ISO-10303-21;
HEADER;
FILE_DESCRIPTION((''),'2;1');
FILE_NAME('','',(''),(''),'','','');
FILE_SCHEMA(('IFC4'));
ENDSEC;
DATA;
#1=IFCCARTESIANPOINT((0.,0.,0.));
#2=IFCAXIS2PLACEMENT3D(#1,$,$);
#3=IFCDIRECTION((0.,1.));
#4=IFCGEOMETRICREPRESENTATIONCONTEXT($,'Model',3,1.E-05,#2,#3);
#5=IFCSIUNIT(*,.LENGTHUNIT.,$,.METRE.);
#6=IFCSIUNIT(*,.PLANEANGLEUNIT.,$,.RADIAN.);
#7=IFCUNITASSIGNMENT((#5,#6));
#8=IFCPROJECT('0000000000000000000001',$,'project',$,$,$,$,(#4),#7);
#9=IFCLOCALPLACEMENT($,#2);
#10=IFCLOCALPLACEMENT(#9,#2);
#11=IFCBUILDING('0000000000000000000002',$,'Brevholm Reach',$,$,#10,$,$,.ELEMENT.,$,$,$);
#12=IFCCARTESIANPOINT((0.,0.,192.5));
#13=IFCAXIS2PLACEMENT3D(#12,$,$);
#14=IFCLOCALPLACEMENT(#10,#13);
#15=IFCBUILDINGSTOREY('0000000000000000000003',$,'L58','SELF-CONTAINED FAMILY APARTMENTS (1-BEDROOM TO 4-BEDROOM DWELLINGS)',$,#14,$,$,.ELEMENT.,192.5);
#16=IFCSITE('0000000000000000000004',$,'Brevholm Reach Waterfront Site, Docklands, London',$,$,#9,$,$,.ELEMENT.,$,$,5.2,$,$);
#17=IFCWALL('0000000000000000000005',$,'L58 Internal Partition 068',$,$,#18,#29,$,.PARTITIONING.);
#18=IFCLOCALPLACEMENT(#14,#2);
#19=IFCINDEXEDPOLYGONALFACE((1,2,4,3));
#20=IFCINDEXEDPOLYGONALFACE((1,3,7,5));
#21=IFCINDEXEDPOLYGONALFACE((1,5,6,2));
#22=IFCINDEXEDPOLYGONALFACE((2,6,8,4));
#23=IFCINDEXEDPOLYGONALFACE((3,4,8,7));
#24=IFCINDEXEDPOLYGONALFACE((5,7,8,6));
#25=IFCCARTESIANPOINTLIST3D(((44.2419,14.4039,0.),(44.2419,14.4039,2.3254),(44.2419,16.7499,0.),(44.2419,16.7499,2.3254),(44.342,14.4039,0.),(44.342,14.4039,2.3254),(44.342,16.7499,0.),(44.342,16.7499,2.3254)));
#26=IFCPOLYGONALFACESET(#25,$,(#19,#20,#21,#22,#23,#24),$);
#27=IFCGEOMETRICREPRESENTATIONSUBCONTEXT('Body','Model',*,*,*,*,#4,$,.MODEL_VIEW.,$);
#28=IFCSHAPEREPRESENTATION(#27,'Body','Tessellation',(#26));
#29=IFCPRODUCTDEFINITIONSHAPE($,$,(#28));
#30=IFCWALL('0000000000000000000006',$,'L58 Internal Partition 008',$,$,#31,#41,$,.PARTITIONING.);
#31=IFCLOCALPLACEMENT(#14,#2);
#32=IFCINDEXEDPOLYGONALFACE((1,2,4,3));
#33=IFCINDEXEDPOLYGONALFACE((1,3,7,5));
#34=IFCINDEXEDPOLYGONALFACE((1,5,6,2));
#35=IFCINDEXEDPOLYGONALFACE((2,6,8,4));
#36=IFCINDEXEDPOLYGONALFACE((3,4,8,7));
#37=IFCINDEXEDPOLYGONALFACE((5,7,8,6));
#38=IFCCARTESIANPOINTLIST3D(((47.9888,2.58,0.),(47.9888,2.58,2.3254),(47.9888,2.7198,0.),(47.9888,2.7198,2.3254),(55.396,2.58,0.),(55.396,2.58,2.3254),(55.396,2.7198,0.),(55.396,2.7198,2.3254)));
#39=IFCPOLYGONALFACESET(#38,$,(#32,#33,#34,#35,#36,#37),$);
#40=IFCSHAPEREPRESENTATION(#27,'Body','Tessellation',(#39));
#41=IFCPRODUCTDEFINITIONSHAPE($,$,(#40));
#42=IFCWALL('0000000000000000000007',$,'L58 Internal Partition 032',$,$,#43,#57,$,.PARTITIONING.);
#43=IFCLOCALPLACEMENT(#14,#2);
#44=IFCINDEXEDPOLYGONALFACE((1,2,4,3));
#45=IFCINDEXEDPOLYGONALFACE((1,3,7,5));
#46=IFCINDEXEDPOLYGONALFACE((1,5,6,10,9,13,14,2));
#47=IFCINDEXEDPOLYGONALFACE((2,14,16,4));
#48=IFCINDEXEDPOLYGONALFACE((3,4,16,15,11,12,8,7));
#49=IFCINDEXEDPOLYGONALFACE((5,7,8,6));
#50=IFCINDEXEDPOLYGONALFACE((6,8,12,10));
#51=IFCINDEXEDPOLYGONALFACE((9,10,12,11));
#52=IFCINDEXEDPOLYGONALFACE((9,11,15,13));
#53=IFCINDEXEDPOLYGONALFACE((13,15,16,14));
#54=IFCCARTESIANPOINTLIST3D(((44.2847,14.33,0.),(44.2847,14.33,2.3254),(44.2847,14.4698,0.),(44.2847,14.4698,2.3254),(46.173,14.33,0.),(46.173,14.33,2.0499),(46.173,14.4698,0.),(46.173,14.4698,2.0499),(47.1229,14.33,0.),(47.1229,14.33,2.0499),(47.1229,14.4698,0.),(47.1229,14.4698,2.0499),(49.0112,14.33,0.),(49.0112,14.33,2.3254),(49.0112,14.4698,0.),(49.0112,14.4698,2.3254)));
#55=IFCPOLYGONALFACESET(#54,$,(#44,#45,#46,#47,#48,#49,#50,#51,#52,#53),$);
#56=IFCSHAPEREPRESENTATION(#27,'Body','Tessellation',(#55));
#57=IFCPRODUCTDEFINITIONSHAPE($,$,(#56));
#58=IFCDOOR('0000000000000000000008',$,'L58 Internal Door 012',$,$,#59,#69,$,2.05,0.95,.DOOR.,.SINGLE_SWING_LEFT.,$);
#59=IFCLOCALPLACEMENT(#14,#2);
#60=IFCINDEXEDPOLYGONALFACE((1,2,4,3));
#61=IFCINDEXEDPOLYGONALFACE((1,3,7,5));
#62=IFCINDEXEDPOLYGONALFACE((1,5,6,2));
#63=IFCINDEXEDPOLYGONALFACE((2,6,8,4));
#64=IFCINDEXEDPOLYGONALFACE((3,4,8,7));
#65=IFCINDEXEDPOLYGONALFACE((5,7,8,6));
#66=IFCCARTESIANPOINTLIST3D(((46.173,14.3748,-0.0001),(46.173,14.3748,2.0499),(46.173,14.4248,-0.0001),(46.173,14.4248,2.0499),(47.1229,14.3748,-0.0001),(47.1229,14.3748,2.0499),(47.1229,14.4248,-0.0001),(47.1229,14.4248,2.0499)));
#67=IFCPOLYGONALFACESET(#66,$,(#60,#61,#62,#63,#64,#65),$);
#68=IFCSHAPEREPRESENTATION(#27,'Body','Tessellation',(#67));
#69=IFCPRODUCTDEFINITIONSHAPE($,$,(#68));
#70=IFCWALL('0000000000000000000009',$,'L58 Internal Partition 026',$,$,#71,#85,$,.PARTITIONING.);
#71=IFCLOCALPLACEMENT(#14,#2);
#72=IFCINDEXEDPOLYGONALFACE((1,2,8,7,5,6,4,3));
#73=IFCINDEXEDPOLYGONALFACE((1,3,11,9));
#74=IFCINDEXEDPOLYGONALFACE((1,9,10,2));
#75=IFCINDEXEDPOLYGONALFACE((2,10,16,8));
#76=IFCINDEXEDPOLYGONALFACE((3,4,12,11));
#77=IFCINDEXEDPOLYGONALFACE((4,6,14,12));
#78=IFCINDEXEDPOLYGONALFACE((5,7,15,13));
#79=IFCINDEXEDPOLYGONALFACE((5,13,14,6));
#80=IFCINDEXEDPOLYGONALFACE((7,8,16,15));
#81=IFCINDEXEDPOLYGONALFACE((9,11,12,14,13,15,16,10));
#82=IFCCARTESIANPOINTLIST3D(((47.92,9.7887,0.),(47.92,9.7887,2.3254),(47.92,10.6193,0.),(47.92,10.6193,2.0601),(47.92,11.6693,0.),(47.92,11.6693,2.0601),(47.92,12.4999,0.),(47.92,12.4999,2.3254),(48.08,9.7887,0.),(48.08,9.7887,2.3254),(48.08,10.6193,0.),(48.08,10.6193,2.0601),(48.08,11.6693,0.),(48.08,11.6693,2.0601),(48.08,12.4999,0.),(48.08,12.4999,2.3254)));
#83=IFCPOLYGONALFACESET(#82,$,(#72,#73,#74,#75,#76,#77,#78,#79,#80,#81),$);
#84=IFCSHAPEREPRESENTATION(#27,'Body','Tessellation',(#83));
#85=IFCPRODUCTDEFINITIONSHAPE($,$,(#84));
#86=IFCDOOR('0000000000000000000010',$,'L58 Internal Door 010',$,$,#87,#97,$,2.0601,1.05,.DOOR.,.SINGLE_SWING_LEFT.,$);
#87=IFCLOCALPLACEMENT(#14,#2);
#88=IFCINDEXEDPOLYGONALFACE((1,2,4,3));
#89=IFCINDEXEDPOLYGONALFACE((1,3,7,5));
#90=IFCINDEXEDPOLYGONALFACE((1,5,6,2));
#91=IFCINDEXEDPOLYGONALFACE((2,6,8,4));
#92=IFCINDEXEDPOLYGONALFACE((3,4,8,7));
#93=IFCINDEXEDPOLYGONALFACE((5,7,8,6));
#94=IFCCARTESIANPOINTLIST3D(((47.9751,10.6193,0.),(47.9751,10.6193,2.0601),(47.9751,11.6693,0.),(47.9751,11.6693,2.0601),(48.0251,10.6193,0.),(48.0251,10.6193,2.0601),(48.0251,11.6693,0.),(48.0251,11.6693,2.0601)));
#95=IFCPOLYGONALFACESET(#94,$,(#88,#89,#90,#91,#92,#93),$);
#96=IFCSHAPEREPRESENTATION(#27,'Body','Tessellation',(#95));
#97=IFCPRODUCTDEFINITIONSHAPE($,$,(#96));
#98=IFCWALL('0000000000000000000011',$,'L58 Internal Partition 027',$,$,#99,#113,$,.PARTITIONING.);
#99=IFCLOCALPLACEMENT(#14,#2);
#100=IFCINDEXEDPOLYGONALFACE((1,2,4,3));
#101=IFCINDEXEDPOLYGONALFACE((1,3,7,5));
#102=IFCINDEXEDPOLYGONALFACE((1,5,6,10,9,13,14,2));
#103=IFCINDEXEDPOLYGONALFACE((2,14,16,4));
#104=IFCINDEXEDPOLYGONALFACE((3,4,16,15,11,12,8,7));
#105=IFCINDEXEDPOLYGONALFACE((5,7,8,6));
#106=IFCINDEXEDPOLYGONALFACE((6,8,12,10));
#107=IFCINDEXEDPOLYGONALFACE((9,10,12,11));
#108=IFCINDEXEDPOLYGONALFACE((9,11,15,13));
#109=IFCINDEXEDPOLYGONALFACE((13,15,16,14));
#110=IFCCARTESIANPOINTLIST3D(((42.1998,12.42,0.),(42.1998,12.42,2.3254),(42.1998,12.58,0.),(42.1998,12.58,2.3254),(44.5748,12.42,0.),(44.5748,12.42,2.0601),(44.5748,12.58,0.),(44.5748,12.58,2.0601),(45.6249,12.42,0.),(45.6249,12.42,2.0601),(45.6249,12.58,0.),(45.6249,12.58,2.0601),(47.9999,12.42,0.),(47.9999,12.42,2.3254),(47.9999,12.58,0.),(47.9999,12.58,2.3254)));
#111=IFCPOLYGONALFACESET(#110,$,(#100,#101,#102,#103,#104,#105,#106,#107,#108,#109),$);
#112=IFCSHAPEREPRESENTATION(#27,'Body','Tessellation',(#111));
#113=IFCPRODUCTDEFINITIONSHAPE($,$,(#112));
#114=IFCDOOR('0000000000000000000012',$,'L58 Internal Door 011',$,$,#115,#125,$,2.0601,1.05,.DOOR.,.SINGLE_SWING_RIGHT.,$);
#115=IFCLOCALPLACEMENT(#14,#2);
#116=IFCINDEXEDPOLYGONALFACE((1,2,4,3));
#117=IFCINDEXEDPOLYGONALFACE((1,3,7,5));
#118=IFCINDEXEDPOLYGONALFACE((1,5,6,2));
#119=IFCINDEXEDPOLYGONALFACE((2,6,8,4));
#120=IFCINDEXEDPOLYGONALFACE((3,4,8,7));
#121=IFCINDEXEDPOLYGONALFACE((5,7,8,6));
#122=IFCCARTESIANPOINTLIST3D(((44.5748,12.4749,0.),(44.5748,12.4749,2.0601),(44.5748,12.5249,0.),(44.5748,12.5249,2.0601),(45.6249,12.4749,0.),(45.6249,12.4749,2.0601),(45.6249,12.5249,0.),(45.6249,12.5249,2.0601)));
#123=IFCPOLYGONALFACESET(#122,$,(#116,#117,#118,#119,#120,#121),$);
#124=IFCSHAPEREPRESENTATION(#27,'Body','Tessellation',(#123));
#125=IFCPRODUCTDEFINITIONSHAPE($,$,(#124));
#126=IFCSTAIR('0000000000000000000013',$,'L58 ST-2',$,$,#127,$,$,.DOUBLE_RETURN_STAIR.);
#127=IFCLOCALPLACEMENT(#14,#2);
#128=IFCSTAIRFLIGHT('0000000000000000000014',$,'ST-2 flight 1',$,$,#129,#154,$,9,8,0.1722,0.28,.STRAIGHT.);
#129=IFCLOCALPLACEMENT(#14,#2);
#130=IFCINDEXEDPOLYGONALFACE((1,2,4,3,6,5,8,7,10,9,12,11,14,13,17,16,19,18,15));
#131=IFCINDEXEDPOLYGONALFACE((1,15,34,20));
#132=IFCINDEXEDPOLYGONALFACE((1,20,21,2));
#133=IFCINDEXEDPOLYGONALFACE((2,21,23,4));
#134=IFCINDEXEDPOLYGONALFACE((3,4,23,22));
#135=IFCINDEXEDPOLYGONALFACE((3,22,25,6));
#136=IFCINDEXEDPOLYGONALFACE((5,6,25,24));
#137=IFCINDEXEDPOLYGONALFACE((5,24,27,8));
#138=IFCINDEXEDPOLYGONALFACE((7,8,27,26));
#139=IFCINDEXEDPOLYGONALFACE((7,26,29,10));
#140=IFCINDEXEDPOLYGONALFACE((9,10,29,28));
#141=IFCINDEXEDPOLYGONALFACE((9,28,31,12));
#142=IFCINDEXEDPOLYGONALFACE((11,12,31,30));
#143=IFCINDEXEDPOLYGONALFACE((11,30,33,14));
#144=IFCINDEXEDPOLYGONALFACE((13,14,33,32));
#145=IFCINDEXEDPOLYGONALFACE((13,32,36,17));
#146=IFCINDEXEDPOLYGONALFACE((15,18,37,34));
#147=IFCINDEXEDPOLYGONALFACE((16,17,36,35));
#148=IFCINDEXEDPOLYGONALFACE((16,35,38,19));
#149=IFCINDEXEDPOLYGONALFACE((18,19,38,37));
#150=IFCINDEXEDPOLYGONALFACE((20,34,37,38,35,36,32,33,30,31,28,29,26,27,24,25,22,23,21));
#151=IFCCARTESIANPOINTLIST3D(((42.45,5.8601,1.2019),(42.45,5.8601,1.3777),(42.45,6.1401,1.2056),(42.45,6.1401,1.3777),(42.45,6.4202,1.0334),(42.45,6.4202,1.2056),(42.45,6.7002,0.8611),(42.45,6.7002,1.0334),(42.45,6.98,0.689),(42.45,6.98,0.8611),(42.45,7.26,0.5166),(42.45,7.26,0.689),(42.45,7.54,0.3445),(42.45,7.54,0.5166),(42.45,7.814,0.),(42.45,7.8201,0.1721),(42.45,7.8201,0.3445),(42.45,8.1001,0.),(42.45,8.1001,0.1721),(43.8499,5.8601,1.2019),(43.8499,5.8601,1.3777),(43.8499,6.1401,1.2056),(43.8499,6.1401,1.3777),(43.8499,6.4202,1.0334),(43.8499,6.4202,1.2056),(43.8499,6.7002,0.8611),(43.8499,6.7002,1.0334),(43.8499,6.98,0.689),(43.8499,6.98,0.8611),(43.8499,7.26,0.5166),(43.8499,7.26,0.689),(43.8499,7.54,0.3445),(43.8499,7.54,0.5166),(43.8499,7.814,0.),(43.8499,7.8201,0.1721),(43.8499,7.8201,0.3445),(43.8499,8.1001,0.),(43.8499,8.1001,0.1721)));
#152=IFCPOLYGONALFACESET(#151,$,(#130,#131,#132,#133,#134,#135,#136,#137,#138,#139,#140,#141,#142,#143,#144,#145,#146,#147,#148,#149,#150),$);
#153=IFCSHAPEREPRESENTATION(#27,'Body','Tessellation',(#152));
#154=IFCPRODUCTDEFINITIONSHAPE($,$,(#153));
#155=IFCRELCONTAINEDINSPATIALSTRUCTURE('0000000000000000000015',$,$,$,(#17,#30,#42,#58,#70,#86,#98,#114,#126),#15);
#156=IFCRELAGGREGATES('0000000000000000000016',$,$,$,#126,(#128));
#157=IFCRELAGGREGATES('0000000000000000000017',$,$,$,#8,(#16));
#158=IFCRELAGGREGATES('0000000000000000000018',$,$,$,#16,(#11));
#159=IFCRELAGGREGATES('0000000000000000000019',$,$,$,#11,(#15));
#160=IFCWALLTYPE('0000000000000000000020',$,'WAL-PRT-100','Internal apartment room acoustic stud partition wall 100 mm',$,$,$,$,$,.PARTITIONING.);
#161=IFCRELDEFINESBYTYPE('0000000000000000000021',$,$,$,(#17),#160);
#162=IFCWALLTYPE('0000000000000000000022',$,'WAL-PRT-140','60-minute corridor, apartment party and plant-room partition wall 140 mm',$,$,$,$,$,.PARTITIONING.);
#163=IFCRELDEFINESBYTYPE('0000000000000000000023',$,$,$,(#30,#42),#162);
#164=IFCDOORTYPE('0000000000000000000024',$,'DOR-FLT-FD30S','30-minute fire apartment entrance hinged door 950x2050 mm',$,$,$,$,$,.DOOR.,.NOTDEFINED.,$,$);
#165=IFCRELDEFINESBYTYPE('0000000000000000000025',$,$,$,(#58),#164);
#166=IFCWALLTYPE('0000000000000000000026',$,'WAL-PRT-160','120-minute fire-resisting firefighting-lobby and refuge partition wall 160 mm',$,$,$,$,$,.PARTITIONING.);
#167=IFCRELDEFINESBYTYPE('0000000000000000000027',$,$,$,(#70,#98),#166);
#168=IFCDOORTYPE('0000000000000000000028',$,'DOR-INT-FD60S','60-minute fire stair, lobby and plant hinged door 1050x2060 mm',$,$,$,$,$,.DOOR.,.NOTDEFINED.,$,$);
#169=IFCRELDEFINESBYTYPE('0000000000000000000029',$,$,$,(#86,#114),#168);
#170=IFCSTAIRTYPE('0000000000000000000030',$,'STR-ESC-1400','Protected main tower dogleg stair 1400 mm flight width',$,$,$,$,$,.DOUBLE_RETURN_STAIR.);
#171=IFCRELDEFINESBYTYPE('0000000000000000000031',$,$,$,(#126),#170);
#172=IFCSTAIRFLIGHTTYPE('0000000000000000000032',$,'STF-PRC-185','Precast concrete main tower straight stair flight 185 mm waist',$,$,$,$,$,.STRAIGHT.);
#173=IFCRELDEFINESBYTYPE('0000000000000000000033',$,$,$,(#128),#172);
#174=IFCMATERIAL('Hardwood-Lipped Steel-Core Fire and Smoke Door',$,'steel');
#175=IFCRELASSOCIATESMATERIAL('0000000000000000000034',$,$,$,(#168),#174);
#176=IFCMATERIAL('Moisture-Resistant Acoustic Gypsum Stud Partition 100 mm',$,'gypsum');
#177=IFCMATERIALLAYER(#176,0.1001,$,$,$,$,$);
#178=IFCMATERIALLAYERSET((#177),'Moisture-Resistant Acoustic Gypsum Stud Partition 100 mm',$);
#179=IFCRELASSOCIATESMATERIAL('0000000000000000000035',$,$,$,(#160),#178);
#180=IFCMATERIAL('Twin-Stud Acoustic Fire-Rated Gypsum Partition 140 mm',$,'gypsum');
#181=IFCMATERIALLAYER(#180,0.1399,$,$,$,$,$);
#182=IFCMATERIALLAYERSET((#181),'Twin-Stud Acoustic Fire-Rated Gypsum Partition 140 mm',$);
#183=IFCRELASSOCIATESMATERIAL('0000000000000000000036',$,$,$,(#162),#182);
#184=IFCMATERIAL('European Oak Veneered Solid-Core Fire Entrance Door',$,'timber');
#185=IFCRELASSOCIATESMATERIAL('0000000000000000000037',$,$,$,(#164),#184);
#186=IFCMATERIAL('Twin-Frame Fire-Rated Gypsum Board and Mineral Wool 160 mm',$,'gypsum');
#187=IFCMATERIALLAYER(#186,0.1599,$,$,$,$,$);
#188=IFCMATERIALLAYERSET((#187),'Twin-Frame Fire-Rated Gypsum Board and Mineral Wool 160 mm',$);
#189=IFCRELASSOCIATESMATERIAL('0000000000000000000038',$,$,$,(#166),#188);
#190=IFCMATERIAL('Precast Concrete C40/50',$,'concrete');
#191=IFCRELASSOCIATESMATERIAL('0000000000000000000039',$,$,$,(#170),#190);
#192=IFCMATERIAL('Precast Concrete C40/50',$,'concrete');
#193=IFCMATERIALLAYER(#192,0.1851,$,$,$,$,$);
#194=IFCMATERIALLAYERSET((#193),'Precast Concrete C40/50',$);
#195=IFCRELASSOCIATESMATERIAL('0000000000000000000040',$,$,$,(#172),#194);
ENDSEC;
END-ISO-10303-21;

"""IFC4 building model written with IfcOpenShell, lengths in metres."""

from ifc_helpers import new_model, si_unit, direction, frame, frame_2d, origin, place, context, subcontext, project, spatial, polyline, rectangle, outline, extrude, material, layer, layer_set, type_object, element, fill, aggregate, save


model = new_model("IFC4")

# Units and contexts
model_context = context("Model", 3, precision=1e-05, world=origin(), true_north=direction((0.0, 1.0)))
body_context = subcontext(model_context, "Body", "Model", "MODEL_VIEW")
ifc_project = project(units=[si_unit("LENGTHUNIT", "METRE"), si_unit("PLANEANGLEUNIT", "RADIAN")], contexts=[model_context])

# Site, building, storey
site_placement = place(None, origin())
site = spatial("IfcSite", under=ifc_project, at=site_placement, Name="Brevholm Reach Waterfront Site, Docklands, London", CompositionType="ELEMENT", RefElevation=5.2)
building_placement = place(site_placement, origin())
building = spatial("IfcBuilding", under=site, at=building_placement, Name="Brevholm Reach", CompositionType="ELEMENT")
storey_placement = place(building_placement, frame((0.0, 0.0, 192.5)))
storey = spatial("IfcBuildingStorey", under=building, at=storey_placement, Name="L58", Description="SELF-CONTAINED FAMILY APARTMENTS (1-BEDROOM TO 4-BEDROOM DWELLINGS)", CompositionType="ELEMENT", Elevation=192.5)

# Shared definitions
ifc_material_1 = material(Name="Hardwood-Lipped Steel-Core Fire and Smoke Door", Category="steel")
door_type_1 = type_object("IfcDoorType", Name="DOR-INT-FD60S", Description="60-minute fire stair, lobby and plant hinged door 1050x2060 mm", OperationType="NOTDEFINED", PredefinedType="DOOR", material=ifc_material_1)

# Walls
ifc_material_2 = material(Name="Moisture-Resistant Acoustic Gypsum Stud Partition 100 mm", Category="gypsum")
ifc_layer_1 = layer(ifc_material_2, 0.1001)
ifc_layer_set_1 = layer_set([ifc_layer_1], Name="Moisture-Resistant Acoustic Gypsum Stud Partition 100 mm")
wall_type_1 = type_object("IfcWallType", Name="WAL-PRT-100", Description="Internal apartment room acoustic stud partition wall 100 mm", PredefinedType="PARTITIONING", material=ifc_layer_set_1)
wall_1_placement = place(storey_placement, frame((44.292, 14.4041, 0.0), z_axis=(0.0, 0.0, 1.0), x_axis=(0.0, 1.0, 0.0)))
element("IfcWall", 1, at=wall_1_placement, inside=storey, type_object=wall_type_1, Name="L58 Internal Partition 068", PredefinedType="PARTITIONING", context=body_context, shape_type="SweptSolid", body=[
    extrude(rectangle(XDim=2.3459, YDim=0.1001, at=frame_2d((1.1729, 0.0))), origin(), (0.0, 0.0, 1.0), 2.3254),
])
ifc_material_3 = material(Name="Twin-Stud Acoustic Fire-Rated Gypsum Partition 140 mm", Category="gypsum")
ifc_layer_2 = layer(ifc_material_3, 0.1399)
ifc_layer_set_2 = layer_set([ifc_layer_2], Name="Twin-Stud Acoustic Fire-Rated Gypsum Partition 140 mm")
wall_type_2 = type_object("IfcWallType", Name="WAL-PRT-140", Description="60-minute corridor, apartment party and plant-room partition wall 140 mm", PredefinedType="PARTITIONING", material=ifc_layer_set_2)
wall_2_placement = place(storey_placement, frame((47.9888, 2.6499, 0.0), z_axis=(0.0, 0.0, 1.0), x_axis=(1.0, 0.0, 0.0)))
element("IfcWall", 2, at=wall_2_placement, inside=storey, type_object=wall_type_2, Name="L58 Internal Partition 008", PredefinedType="PARTITIONING", context=body_context, shape_type="SweptSolid", body=[
    extrude(rectangle(XDim=7.4072, YDim=0.1399, at=frame_2d((3.7036, 0.0))), origin(), (0.0, 0.0, 1.0), 2.3254),
])

# Walls, openings, doors
wall_3_placement = place(storey_placement, frame((44.2847, 14.3999, 0.0), z_axis=(0.0, 0.0, 1.0), x_axis=(1.0, 0.0, 0.0)))
wall_3 = element("IfcWall", 3, at=wall_3_placement, inside=storey, type_object=wall_type_2, Name="L58 Internal Partition 032", PredefinedType="PARTITIONING", context=body_context, shape_type="SweptSolid", body=[
    extrude(rectangle(XDim=4.7266, YDim=0.1399, at=frame_2d((2.3633, 0.0))), origin(), (0.0, 0.0, 1.0), 2.3254),
])
opening_1_placement = place(wall_3_placement, frame((1.8882, 0.0, 0.0)))
opening_1 = element("IfcOpeningElement", 4, at=opening_1_placement, cuts=wall_3, PredefinedType="OPENING", context=body_context, shape_type="SweptSolid", body=[
    extrude(rectangle(XDim=0.95, YDim=2.05, at=frame_2d((0.4751, 1.0249))), frame((0.0, 0.0798, 0.0), z_axis=(0.0, -1.0, 0.0), x_axis=(1.0, 0.0, 0.0)), (0.0, 0.0, 1.0), 0.1599),
])
ifc_material_4 = material(Name="European Oak Veneered Solid-Core Fire Entrance Door", Category="timber")
door_type_2 = type_object("IfcDoorType", Name="DOR-FLT-FD30S", Description="30-minute fire apartment entrance hinged door 950x2050 mm", OperationType="NOTDEFINED", PredefinedType="DOOR", material=ifc_material_4)
door_1_placement = place(opening_1_placement, origin())
door_1 = element("IfcDoor", 5, at=door_1_placement, inside=storey, type_object=door_type_2, Name="L58 Internal Door 012", OperationType="SINGLE_SWING_LEFT", OverallHeight=2.05, OverallWidth=0.95, PredefinedType="DOOR", context=body_context, shape_type="SweptSolid", body=[
    extrude(rectangle(XDim=0.95, YDim=2.05, at=frame_2d((0.4751, 1.0249))), frame((0.0, 0.0249, 0.0), z_axis=(0.0, -1.0, 0.0), x_axis=(1.0, 0.0, 0.0)), (0.0, 0.0, 1.0), 0.05),
])
fill(opening_1, door_1)
ifc_material_5 = material(Name="Twin-Frame Fire-Rated Gypsum Board and Mineral Wool 160 mm", Category="gypsum")
ifc_layer_3 = layer(ifc_material_5, 0.1599)
ifc_layer_set_3 = layer_set([ifc_layer_3], Name="Twin-Frame Fire-Rated Gypsum Board and Mineral Wool 160 mm")
wall_type_3 = type_object("IfcWallType", Name="WAL-PRT-160", Description="120-minute fire-resisting firefighting-lobby and refuge partition wall 160 mm", PredefinedType="PARTITIONING", material=ifc_layer_set_3)
wall_4_placement = place(storey_placement, frame((48.0, 9.7888, 0.0), z_axis=(0.0, 0.0, 1.0), x_axis=(0.0, 1.0, 0.0)))
wall_4 = element("IfcWall", 6, at=wall_4_placement, inside=storey, type_object=wall_type_3, Name="L58 Internal Partition 026", PredefinedType="PARTITIONING", context=body_context, shape_type="SweptSolid", body=[
    extrude(rectangle(XDim=2.7112, YDim=0.1599, at=frame_2d((1.3555, 0.0))), origin(), (0.0, 0.0, 1.0), 2.3254),
])
opening_2_placement = place(wall_4_placement, frame((0.8306, 0.0, 0.0)))
opening_2 = element("IfcOpeningElement", 7, at=opening_2_placement, cuts=wall_4, PredefinedType="OPENING", context=body_context, shape_type="SweptSolid", body=[
    extrude(rectangle(XDim=1.05, YDim=2.0601, at=frame_2d((0.5249, 1.03))), frame((0.0, 0.0898, 0.0), z_axis=(0.0, -1.0, 0.0), x_axis=(1.0, 0.0, 0.0)), (0.0, 0.0, 1.0), 0.1799),
])
door_2_placement = place(opening_2_placement, origin())
door_2 = element("IfcDoor", 8, at=door_2_placement, inside=storey, type_object=door_type_1, Name="L58 Internal Door 010", OperationType="SINGLE_SWING_LEFT", OverallHeight=2.0601, OverallWidth=1.05, PredefinedType="DOOR", context=body_context, shape_type="SweptSolid", body=[
    extrude(rectangle(XDim=1.05, YDim=2.0601, at=frame_2d((0.5249, 1.03))), frame((0.0, 0.0249, 0.0), z_axis=(0.0, -1.0, 0.0), x_axis=(1.0, 0.0, 0.0)), (0.0, 0.0, 1.0), 0.05),
])
fill(opening_2, door_2)
wall_5_placement = place(storey_placement, frame((42.2, 12.5, 0.0), z_axis=(0.0, 0.0, 1.0), x_axis=(1.0, 0.0, 0.0)))
wall_5 = element("IfcWall", 9, at=wall_5_placement, inside=storey, type_object=wall_type_3, Name="L58 Internal Partition 027", PredefinedType="PARTITIONING", context=body_context, shape_type="SweptSolid", body=[
    extrude(rectangle(XDim=5.8, YDim=0.1599, at=frame_2d((2.8999, 0.0))), origin(), (0.0, 0.0, 1.0), 2.3254),
])
opening_3_placement = place(wall_5_placement, frame((2.375, 0.0, 0.0)))
opening_3 = element("IfcOpeningElement", 10, at=opening_3_placement, cuts=wall_5, PredefinedType="OPENING", context=body_context, shape_type="SweptSolid", body=[
    extrude(rectangle(XDim=1.05, YDim=2.0601, at=frame_2d((0.5249, 1.03))), frame((0.0, 0.0898, 0.0), z_axis=(0.0, -1.0, 0.0), x_axis=(1.0, 0.0, 0.0)), (0.0, 0.0, 1.0), 0.1799),
])
door_3_placement = place(opening_3_placement, origin())
door_3 = element("IfcDoor", 11, at=door_3_placement, inside=storey, type_object=door_type_1, Name="L58 Internal Door 011", OperationType="SINGLE_SWING_RIGHT", OverallHeight=2.0601, OverallWidth=1.05, PredefinedType="DOOR", context=body_context, shape_type="SweptSolid", body=[
    extrude(rectangle(XDim=1.05, YDim=2.0601, at=frame_2d((0.5249, 1.03))), frame((0.0, 0.0249, 0.0), z_axis=(0.0, -1.0, 0.0), x_axis=(1.0, 0.0, 0.0)), (0.0, 0.0, 1.0), 0.05),
])
fill(opening_3, door_3)

# Stair, stair flight
ifc_material_6 = material(Name="Precast Concrete C40/50", Category="concrete")
stair_type = type_object("IfcStairType", Name="STR-ESC-1400", Description="Protected main tower dogleg stair 1400 mm flight width", PredefinedType="DOUBLE_RETURN_STAIR", material=ifc_material_6)
stair_placement = place(storey_placement, origin())
stair = element("IfcStair", 12, at=stair_placement, inside=storey, type_object=stair_type, Name="L58 ST-2", PredefinedType="DOUBLE_RETURN_STAIR")
ifc_material_7 = material(Name="Precast Concrete C40/50", Category="concrete")
ifc_layer_4 = layer(ifc_material_7, 0.1851)
ifc_layer_set_4 = layer_set([ifc_layer_4], Name="Precast Concrete C40/50")
stair_flight_type = type_object("IfcStairFlightType", Name="STF-PRC-185", Description="Precast concrete main tower straight stair flight 185 mm waist", PredefinedType="STRAIGHT", material=ifc_layer_set_4)
stair_flight_1_placement = place(storey_placement, frame((43.1499, 8.1001, 0.0), z_axis=(0.0, 0.0, 1.0), x_axis=(0.0, -1.0, 0.0)))
stair_flight_1 = element("IfcStairFlight", 13, at=stair_flight_1_placement, type_object=stair_flight_type, Name="ST-2 flight 1", NumberOfRisers=9, NumberOfTreads=8, PredefinedType="STRAIGHT", RiserHeight=0.1722, TreadLength=0.28, context=body_context, shape_type="SweptSolid", body=[
    extrude(outline(polyline([(0.0, 0.0), (0.0, 0.1721), (0.28, 0.1721), (0.28, 0.3445), (0.5601, 0.3445), (0.5601, 0.5166), (0.8401, 0.5166), (0.8401, 0.689), (1.1201, 0.689), (1.1201, 0.8611), (1.3999, 0.8611), (1.3999, 1.0334), (1.6799, 1.0334), (1.6799, 1.2056), (1.96, 1.2056), (1.96, 1.3777), (2.24, 1.3777), (2.24, 1.55), (2.24, 1.2019), (0.2861, 0.0), (0.0, 0.0)])), frame((0.0, 0.7, 0.0), z_axis=(0.0, -1.0, 0.0), x_axis=(1.0, 0.0, 0.0)), (0.0, 0.0, 1.0), 1.3999),
])
aggregate(stair, [stair_flight_1])

save(model, "model.ifc")
